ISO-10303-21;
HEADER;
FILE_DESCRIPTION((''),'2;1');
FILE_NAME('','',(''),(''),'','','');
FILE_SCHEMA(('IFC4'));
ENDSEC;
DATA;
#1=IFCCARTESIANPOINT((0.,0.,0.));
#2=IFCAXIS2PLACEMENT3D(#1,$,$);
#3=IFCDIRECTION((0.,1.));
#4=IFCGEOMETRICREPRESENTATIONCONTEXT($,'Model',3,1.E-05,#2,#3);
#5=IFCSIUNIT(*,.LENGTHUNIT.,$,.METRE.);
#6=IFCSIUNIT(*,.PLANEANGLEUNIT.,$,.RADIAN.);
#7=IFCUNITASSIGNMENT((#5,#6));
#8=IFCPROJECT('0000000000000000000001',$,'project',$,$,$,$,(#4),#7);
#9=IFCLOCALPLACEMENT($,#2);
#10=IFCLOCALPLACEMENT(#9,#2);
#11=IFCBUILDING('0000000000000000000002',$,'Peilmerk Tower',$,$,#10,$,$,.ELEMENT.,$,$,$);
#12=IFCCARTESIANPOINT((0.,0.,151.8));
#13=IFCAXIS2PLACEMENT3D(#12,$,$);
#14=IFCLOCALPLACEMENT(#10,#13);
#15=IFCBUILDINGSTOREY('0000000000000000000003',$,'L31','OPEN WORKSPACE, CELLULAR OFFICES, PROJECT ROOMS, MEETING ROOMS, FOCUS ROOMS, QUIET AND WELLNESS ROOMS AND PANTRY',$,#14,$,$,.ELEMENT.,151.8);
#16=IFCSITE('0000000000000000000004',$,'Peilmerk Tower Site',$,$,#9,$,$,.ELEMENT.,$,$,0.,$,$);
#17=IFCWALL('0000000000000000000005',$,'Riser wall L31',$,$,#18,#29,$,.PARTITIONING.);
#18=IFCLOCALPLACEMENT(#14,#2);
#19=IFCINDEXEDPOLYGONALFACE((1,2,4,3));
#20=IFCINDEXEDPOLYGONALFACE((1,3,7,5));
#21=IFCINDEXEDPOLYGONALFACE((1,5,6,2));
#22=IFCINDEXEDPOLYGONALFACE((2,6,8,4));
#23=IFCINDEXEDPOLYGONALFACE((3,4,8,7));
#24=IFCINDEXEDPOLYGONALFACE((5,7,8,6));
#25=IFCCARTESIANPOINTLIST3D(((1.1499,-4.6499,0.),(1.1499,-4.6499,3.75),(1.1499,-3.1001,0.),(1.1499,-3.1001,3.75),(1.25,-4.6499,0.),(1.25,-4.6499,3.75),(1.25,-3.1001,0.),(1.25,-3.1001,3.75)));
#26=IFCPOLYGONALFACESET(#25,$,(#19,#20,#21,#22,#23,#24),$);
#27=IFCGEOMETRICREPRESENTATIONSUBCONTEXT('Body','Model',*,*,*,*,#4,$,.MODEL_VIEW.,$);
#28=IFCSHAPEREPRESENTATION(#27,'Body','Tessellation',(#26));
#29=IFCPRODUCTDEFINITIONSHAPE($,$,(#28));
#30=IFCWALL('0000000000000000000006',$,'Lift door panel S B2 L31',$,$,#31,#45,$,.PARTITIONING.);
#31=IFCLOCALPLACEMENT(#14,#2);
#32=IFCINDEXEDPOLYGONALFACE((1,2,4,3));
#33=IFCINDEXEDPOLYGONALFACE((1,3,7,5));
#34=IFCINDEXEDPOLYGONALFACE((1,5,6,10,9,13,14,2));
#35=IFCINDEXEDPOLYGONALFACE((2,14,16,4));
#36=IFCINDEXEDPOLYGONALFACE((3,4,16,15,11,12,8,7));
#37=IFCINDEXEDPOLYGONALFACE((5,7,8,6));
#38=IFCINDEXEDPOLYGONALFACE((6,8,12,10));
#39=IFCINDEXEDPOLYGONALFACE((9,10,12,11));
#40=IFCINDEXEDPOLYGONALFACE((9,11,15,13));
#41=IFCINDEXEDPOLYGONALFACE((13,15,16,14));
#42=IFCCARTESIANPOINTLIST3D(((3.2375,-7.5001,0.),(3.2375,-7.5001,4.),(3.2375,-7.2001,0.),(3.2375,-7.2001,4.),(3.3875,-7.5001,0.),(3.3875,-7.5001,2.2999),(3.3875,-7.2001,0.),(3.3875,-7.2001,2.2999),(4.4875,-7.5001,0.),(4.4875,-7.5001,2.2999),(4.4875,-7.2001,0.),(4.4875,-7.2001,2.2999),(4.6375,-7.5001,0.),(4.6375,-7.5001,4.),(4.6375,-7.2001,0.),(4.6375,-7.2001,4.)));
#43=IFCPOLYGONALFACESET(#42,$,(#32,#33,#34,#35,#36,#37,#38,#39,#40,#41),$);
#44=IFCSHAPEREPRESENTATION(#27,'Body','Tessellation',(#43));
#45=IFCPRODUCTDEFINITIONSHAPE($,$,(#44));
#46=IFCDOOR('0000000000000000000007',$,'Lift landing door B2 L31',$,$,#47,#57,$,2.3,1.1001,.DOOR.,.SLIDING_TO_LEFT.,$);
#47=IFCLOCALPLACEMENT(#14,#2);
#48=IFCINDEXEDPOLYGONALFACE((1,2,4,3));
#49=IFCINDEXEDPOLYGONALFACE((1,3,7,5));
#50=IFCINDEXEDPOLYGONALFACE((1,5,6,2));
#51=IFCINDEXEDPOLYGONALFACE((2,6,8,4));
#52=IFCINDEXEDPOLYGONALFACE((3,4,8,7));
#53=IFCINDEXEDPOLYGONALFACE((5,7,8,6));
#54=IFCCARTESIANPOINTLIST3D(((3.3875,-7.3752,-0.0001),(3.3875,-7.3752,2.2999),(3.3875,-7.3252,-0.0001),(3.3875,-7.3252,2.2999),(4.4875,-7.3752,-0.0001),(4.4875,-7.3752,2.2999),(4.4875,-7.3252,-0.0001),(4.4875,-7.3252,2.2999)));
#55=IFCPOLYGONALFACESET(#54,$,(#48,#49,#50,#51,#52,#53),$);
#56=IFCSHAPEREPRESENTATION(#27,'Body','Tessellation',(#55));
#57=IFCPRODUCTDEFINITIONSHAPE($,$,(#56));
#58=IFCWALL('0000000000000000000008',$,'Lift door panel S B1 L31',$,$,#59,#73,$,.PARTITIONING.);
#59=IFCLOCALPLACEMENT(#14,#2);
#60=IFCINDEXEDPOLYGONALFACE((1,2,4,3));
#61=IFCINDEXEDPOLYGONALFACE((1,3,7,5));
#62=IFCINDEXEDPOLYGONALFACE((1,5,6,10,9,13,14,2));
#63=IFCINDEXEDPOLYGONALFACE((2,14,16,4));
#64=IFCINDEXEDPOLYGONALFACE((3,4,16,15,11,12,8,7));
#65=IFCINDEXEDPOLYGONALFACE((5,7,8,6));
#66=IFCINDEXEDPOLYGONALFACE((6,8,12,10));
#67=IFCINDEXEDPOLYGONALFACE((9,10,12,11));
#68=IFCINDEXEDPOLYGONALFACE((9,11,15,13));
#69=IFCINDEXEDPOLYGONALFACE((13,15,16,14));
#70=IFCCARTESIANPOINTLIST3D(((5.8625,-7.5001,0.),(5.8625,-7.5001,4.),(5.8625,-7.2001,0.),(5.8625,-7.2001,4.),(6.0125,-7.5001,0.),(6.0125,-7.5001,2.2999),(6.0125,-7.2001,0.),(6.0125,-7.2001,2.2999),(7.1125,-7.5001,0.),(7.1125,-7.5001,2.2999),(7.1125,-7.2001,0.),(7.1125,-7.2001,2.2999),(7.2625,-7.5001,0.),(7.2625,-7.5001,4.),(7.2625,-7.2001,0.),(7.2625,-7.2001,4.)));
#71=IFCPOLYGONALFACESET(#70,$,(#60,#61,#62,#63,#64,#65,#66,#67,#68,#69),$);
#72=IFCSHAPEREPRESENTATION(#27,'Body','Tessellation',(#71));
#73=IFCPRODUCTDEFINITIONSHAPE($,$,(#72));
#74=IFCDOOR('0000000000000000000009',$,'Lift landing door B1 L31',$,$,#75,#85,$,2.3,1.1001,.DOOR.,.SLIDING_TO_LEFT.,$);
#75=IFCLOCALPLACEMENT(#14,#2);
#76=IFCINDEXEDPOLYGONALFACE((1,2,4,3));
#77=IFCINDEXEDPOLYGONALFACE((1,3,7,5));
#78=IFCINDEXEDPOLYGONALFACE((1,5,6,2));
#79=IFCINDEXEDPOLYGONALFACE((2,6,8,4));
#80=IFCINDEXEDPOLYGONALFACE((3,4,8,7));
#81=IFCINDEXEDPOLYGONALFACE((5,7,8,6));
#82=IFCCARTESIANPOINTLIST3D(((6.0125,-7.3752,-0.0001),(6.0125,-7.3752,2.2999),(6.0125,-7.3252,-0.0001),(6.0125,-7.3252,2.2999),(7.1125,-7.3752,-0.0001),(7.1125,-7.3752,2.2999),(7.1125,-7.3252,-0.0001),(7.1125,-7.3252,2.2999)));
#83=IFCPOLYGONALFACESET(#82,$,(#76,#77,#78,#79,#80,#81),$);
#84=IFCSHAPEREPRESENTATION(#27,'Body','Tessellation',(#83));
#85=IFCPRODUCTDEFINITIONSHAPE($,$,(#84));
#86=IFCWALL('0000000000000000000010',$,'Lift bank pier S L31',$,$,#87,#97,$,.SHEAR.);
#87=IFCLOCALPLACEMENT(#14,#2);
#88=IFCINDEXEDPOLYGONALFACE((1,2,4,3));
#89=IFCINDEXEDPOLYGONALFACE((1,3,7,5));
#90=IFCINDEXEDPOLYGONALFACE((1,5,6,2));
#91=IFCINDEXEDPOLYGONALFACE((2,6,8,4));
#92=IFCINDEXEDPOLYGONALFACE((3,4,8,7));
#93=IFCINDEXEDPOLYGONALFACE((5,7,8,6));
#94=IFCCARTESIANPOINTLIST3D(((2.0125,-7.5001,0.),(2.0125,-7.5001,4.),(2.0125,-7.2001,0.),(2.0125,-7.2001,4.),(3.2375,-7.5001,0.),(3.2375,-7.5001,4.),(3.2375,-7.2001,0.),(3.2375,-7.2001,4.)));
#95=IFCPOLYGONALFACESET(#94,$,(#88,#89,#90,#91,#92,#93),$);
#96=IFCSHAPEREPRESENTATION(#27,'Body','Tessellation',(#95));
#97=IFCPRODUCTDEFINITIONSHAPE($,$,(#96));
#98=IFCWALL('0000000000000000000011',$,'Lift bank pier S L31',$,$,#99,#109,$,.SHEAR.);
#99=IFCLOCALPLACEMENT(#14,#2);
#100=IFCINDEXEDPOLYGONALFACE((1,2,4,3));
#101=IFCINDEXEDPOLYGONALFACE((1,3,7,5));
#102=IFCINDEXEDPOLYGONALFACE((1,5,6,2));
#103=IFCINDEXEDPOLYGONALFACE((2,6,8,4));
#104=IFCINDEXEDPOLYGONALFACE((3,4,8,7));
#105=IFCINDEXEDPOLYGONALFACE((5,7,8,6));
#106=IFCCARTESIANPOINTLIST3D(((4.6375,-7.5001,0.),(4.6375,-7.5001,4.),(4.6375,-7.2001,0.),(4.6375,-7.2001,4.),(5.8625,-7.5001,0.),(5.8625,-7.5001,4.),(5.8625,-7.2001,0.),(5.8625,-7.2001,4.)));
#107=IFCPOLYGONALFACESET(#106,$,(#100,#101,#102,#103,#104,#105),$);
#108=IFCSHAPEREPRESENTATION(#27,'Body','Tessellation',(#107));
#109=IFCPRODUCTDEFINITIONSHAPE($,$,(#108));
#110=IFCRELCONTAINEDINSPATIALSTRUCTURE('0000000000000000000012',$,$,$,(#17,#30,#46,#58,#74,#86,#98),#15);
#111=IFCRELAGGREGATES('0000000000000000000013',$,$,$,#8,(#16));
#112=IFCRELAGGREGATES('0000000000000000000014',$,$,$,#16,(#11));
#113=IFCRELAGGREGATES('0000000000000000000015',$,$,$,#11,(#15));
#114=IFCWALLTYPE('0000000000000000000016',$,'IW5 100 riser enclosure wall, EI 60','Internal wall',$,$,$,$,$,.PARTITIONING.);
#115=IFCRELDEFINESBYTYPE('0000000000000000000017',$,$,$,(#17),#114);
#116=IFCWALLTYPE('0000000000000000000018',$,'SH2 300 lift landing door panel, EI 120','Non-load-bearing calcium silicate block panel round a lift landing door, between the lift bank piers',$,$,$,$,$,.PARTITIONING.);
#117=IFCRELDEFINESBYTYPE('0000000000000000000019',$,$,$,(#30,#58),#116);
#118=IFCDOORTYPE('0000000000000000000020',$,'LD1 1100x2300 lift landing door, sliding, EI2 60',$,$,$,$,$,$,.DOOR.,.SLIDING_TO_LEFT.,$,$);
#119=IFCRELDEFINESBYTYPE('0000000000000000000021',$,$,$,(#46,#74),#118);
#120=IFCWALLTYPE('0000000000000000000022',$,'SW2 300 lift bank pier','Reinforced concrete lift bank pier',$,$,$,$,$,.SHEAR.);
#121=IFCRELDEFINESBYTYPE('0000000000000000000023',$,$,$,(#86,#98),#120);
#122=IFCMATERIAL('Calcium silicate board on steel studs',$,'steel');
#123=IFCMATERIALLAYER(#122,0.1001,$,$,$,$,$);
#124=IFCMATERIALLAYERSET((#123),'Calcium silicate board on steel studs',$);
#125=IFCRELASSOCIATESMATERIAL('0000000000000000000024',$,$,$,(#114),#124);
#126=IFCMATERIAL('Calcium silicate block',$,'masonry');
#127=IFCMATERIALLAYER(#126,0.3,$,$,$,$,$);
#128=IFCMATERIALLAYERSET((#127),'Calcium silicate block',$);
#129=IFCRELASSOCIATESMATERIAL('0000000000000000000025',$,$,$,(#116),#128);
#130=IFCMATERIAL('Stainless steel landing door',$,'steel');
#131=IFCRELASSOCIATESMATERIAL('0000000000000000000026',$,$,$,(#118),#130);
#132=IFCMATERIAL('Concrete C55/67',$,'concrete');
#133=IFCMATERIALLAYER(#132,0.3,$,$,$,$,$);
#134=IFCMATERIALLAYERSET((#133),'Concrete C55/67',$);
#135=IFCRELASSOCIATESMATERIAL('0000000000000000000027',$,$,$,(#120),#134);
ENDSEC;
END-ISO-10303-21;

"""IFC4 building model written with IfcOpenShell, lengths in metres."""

from ifc_helpers import new_model, si_unit, direction, frame, frame_2d, origin, place, context, subcontext, project, spatial, rectangle, extrude, material, layer, layer_set, type_object, element, fill, save


model = new_model("IFC4")

# Units and contexts
model_context = context("Model", 3, precision=1e-05, world=origin(), true_north=direction((0.0, 1.0)))
body_context = subcontext(model_context, "Body", "Model", "MODEL_VIEW")
ifc_project = project(units=[si_unit("LENGTHUNIT", "METRE"), si_unit("PLANEANGLEUNIT", "RADIAN")], contexts=[model_context])

# Site, building, storey
site_placement = place(None, origin())
site = spatial("IfcSite", under=ifc_project, at=site_placement, Name="Peilmerk Tower Site", CompositionType="ELEMENT", RefElevation=0.0)
building_placement = place(site_placement, origin())
building = spatial("IfcBuilding", under=site, at=building_placement, Name="Peilmerk Tower", CompositionType="ELEMENT")
storey_placement = place(building_placement, frame((0.0, 0.0, 151.8)))
storey = spatial("IfcBuildingStorey", under=building, at=storey_placement, Name="L31", Description="OPEN WORKSPACE, CELLULAR OFFICES, PROJECT ROOMS, MEETING ROOMS, FOCUS ROOMS, QUIET AND WELLNESS ROOMS AND PANTRY", CompositionType="ELEMENT", Elevation=151.8)

# Shared definitions
ifc_material_1 = material(Name="Calcium silicate board on steel studs", Category="steel")
ifc_layer_1 = layer(ifc_material_1, 0.1001)
ifc_layer_set_1 = layer_set([ifc_layer_1], Name="Calcium silicate board on steel studs")
wall_type_1 = type_object("IfcWallType", Name="IW5 100 riser enclosure wall, EI 60", Description="Internal wall", PredefinedType="PARTITIONING", material=ifc_layer_set_1)

# Wall
for number, where, z_axis, x_axis, name in (
    (1, (1.2, -3.1001, 0.0), (0.0, 0.0, 1.0), (0.0, -1.0, 0.0), "Riser wall L31"),
):
    element("IfcWall", number, at=place(storey_placement, frame(where, z_axis=z_axis, x_axis=x_axis)), inside=storey, type_object=wall_type_1, Name=name, PredefinedType="PARTITIONING", context=body_context, shape_type="SweptSolid", body=[
        extrude(rectangle(XDim=1.5498, YDim=0.1001, at=frame_2d((0.7749, 0.0))), origin(), (0.0, 0.0, 1.0), 3.75),
    ])

# Walls, openings, doors
ifc_material_2 = material(Name="Calcium silicate block", Category="masonry")
ifc_layer_2 = layer(ifc_material_2, 0.3)
ifc_layer_set_2 = layer_set([ifc_layer_2], Name="Calcium silicate block")
wall_type_2 = type_object("IfcWallType", Name="SH2 300 lift landing door panel, EI 120", Description="Non-load-bearing calcium silicate block panel round a lift landing door, between the lift bank piers", PredefinedType="PARTITIONING", material=ifc_layer_set_2)
wall_1_placement = place(storey_placement, frame((3.2375, -7.3501, 0.0), z_axis=(0.0, 0.0, 1.0), x_axis=(1.0, 0.0, 0.0)))
wall_1 = element("IfcWall", 2, at=wall_1_placement, inside=storey, type_object=wall_type_2, Name="Lift door panel S B2 L31", PredefinedType="PARTITIONING", context=body_context, shape_type="SweptSolid", body=[
    extrude(rectangle(XDim=1.3999, YDim=0.3, at=frame_2d((0.7, 0.0))), origin(), (0.0, 0.0, 1.0), 4.0),
])
opening_1_placement = place(wall_1_placement, frame((0.1499, 0.0, 0.0)))
opening_1 = element("IfcOpeningElement", 3, at=opening_1_placement, cuts=wall_1, PredefinedType="OPENING", context=body_context, shape_type="SweptSolid", body=[
    extrude(rectangle(XDim=1.1001, YDim=2.3, at=frame_2d((0.55, 1.1499))), frame((0.0, 0.1599, 0.0), z_axis=(0.0, -1.0, 0.0), x_axis=(1.0, 0.0, 0.0)), (0.0, 0.0, 1.0), 0.3201),
])
ifc_material_3 = material(Name="Stainless steel landing door", Category="steel")
door_type_1 = type_object("IfcDoorType", Name="LD1 1100x2300 lift landing door, sliding, EI2 60", OperationType="SLIDING_TO_LEFT", PredefinedType="DOOR", material=ifc_material_3)
door_1_placement = place(opening_1_placement, origin())
door_1 = element("IfcDoor", 4, at=door_1_placement, inside=storey, type_object=door_type_1, Name="Lift landing door B2 L31", OperationType="SLIDING_TO_LEFT", OverallHeight=2.3, OverallWidth=1.1001, PredefinedType="DOOR", context=body_context, shape_type="SweptSolid", body=[
    extrude(rectangle(XDim=1.1001, YDim=2.3, at=frame_2d((0.55, 1.1499))), frame((0.0, 0.0249, 0.0), z_axis=(0.0, -1.0, 0.0), x_axis=(1.0, 0.0, 0.0)), (0.0, 0.0, 1.0), 0.05),
])
fill(opening_1, door_1)
wall_2_placement = place(storey_placement, frame((5.8625, -7.3501, 0.0), z_axis=(0.0, 0.0, 1.0), x_axis=(1.0, 0.0, 0.0)))
wall_2 = element("IfcWall", 5, at=wall_2_placement, inside=storey, type_object=wall_type_2, Name="Lift door panel S B1 L31", PredefinedType="PARTITIONING", context=body_context, shape_type="SweptSolid", body=[
    extrude(rectangle(XDim=1.3999, YDim=0.3, at=frame_2d((0.7, 0.0))), origin(), (0.0, 0.0, 1.0), 4.0),
])
opening_2_placement = place(wall_2_placement, frame((0.1499, 0.0, 0.0)))
opening_2 = element("IfcOpeningElement", 6, at=opening_2_placement, cuts=wall_2, PredefinedType="OPENING", context=body_context, shape_type="SweptSolid", body=[
    extrude(rectangle(XDim=1.1001, YDim=2.3, at=frame_2d((0.55, 1.1499))), frame((0.0, 0.1599, 0.0), z_axis=(0.0, -1.0, 0.0), x_axis=(1.0, 0.0, 0.0)), (0.0, 0.0, 1.0), 0.3201),
])
door_2_placement = place(opening_2_placement, origin())
door_2 = element("IfcDoor", 7, at=door_2_placement, inside=storey, type_object=door_type_1, Name="Lift landing door B1 L31", OperationType="SLIDING_TO_LEFT", OverallHeight=2.3, OverallWidth=1.1001, PredefinedType="DOOR", context=body_context, shape_type="SweptSolid", body=[
    extrude(rectangle(XDim=1.1001, YDim=2.3, at=frame_2d((0.55, 1.1499))), frame((0.0, 0.0249, 0.0), z_axis=(0.0, -1.0, 0.0), x_axis=(1.0, 0.0, 0.0)), (0.0, 0.0, 1.0), 0.05),
])
fill(opening_2, door_2)

# Walls
ifc_material_4 = material(Name="Concrete C55/67", Category="concrete")
ifc_layer_3 = layer(ifc_material_4, 0.3)
ifc_layer_set_3 = layer_set([ifc_layer_3], Name="Concrete C55/67")
wall_type_3 = type_object("IfcWallType", Name="SW2 300 lift bank pier", Description="Reinforced concrete lift bank pier", PredefinedType="SHEAR", material=ifc_layer_set_3)
for number, where, z_axis, x_axis, name in (
    (8, (2.0125, -7.3501, 0.0), (0.0, 0.0, 1.0), (1.0, 0.0, 0.0), "Lift bank pier S L31"),
    (9, (4.6375, -7.3501, 0.0), (0.0, 0.0, 1.0), (1.0, 0.0, 0.0), "Lift bank pier S L31"),
):
    element("IfcWall", number, at=place(storey_placement, frame(where, z_axis=z_axis, x_axis=x_axis)), inside=storey, type_object=wall_type_3, Name=name, PredefinedType="SHEAR", context=body_context, shape_type="SweptSolid", body=[
        extrude(rectangle(XDim=1.2251, YDim=0.3, at=frame_2d((0.6125, 0.0))), origin(), (0.0, 0.0, 1.0), 4.0),
    ])

save(model, "model.ifc")
